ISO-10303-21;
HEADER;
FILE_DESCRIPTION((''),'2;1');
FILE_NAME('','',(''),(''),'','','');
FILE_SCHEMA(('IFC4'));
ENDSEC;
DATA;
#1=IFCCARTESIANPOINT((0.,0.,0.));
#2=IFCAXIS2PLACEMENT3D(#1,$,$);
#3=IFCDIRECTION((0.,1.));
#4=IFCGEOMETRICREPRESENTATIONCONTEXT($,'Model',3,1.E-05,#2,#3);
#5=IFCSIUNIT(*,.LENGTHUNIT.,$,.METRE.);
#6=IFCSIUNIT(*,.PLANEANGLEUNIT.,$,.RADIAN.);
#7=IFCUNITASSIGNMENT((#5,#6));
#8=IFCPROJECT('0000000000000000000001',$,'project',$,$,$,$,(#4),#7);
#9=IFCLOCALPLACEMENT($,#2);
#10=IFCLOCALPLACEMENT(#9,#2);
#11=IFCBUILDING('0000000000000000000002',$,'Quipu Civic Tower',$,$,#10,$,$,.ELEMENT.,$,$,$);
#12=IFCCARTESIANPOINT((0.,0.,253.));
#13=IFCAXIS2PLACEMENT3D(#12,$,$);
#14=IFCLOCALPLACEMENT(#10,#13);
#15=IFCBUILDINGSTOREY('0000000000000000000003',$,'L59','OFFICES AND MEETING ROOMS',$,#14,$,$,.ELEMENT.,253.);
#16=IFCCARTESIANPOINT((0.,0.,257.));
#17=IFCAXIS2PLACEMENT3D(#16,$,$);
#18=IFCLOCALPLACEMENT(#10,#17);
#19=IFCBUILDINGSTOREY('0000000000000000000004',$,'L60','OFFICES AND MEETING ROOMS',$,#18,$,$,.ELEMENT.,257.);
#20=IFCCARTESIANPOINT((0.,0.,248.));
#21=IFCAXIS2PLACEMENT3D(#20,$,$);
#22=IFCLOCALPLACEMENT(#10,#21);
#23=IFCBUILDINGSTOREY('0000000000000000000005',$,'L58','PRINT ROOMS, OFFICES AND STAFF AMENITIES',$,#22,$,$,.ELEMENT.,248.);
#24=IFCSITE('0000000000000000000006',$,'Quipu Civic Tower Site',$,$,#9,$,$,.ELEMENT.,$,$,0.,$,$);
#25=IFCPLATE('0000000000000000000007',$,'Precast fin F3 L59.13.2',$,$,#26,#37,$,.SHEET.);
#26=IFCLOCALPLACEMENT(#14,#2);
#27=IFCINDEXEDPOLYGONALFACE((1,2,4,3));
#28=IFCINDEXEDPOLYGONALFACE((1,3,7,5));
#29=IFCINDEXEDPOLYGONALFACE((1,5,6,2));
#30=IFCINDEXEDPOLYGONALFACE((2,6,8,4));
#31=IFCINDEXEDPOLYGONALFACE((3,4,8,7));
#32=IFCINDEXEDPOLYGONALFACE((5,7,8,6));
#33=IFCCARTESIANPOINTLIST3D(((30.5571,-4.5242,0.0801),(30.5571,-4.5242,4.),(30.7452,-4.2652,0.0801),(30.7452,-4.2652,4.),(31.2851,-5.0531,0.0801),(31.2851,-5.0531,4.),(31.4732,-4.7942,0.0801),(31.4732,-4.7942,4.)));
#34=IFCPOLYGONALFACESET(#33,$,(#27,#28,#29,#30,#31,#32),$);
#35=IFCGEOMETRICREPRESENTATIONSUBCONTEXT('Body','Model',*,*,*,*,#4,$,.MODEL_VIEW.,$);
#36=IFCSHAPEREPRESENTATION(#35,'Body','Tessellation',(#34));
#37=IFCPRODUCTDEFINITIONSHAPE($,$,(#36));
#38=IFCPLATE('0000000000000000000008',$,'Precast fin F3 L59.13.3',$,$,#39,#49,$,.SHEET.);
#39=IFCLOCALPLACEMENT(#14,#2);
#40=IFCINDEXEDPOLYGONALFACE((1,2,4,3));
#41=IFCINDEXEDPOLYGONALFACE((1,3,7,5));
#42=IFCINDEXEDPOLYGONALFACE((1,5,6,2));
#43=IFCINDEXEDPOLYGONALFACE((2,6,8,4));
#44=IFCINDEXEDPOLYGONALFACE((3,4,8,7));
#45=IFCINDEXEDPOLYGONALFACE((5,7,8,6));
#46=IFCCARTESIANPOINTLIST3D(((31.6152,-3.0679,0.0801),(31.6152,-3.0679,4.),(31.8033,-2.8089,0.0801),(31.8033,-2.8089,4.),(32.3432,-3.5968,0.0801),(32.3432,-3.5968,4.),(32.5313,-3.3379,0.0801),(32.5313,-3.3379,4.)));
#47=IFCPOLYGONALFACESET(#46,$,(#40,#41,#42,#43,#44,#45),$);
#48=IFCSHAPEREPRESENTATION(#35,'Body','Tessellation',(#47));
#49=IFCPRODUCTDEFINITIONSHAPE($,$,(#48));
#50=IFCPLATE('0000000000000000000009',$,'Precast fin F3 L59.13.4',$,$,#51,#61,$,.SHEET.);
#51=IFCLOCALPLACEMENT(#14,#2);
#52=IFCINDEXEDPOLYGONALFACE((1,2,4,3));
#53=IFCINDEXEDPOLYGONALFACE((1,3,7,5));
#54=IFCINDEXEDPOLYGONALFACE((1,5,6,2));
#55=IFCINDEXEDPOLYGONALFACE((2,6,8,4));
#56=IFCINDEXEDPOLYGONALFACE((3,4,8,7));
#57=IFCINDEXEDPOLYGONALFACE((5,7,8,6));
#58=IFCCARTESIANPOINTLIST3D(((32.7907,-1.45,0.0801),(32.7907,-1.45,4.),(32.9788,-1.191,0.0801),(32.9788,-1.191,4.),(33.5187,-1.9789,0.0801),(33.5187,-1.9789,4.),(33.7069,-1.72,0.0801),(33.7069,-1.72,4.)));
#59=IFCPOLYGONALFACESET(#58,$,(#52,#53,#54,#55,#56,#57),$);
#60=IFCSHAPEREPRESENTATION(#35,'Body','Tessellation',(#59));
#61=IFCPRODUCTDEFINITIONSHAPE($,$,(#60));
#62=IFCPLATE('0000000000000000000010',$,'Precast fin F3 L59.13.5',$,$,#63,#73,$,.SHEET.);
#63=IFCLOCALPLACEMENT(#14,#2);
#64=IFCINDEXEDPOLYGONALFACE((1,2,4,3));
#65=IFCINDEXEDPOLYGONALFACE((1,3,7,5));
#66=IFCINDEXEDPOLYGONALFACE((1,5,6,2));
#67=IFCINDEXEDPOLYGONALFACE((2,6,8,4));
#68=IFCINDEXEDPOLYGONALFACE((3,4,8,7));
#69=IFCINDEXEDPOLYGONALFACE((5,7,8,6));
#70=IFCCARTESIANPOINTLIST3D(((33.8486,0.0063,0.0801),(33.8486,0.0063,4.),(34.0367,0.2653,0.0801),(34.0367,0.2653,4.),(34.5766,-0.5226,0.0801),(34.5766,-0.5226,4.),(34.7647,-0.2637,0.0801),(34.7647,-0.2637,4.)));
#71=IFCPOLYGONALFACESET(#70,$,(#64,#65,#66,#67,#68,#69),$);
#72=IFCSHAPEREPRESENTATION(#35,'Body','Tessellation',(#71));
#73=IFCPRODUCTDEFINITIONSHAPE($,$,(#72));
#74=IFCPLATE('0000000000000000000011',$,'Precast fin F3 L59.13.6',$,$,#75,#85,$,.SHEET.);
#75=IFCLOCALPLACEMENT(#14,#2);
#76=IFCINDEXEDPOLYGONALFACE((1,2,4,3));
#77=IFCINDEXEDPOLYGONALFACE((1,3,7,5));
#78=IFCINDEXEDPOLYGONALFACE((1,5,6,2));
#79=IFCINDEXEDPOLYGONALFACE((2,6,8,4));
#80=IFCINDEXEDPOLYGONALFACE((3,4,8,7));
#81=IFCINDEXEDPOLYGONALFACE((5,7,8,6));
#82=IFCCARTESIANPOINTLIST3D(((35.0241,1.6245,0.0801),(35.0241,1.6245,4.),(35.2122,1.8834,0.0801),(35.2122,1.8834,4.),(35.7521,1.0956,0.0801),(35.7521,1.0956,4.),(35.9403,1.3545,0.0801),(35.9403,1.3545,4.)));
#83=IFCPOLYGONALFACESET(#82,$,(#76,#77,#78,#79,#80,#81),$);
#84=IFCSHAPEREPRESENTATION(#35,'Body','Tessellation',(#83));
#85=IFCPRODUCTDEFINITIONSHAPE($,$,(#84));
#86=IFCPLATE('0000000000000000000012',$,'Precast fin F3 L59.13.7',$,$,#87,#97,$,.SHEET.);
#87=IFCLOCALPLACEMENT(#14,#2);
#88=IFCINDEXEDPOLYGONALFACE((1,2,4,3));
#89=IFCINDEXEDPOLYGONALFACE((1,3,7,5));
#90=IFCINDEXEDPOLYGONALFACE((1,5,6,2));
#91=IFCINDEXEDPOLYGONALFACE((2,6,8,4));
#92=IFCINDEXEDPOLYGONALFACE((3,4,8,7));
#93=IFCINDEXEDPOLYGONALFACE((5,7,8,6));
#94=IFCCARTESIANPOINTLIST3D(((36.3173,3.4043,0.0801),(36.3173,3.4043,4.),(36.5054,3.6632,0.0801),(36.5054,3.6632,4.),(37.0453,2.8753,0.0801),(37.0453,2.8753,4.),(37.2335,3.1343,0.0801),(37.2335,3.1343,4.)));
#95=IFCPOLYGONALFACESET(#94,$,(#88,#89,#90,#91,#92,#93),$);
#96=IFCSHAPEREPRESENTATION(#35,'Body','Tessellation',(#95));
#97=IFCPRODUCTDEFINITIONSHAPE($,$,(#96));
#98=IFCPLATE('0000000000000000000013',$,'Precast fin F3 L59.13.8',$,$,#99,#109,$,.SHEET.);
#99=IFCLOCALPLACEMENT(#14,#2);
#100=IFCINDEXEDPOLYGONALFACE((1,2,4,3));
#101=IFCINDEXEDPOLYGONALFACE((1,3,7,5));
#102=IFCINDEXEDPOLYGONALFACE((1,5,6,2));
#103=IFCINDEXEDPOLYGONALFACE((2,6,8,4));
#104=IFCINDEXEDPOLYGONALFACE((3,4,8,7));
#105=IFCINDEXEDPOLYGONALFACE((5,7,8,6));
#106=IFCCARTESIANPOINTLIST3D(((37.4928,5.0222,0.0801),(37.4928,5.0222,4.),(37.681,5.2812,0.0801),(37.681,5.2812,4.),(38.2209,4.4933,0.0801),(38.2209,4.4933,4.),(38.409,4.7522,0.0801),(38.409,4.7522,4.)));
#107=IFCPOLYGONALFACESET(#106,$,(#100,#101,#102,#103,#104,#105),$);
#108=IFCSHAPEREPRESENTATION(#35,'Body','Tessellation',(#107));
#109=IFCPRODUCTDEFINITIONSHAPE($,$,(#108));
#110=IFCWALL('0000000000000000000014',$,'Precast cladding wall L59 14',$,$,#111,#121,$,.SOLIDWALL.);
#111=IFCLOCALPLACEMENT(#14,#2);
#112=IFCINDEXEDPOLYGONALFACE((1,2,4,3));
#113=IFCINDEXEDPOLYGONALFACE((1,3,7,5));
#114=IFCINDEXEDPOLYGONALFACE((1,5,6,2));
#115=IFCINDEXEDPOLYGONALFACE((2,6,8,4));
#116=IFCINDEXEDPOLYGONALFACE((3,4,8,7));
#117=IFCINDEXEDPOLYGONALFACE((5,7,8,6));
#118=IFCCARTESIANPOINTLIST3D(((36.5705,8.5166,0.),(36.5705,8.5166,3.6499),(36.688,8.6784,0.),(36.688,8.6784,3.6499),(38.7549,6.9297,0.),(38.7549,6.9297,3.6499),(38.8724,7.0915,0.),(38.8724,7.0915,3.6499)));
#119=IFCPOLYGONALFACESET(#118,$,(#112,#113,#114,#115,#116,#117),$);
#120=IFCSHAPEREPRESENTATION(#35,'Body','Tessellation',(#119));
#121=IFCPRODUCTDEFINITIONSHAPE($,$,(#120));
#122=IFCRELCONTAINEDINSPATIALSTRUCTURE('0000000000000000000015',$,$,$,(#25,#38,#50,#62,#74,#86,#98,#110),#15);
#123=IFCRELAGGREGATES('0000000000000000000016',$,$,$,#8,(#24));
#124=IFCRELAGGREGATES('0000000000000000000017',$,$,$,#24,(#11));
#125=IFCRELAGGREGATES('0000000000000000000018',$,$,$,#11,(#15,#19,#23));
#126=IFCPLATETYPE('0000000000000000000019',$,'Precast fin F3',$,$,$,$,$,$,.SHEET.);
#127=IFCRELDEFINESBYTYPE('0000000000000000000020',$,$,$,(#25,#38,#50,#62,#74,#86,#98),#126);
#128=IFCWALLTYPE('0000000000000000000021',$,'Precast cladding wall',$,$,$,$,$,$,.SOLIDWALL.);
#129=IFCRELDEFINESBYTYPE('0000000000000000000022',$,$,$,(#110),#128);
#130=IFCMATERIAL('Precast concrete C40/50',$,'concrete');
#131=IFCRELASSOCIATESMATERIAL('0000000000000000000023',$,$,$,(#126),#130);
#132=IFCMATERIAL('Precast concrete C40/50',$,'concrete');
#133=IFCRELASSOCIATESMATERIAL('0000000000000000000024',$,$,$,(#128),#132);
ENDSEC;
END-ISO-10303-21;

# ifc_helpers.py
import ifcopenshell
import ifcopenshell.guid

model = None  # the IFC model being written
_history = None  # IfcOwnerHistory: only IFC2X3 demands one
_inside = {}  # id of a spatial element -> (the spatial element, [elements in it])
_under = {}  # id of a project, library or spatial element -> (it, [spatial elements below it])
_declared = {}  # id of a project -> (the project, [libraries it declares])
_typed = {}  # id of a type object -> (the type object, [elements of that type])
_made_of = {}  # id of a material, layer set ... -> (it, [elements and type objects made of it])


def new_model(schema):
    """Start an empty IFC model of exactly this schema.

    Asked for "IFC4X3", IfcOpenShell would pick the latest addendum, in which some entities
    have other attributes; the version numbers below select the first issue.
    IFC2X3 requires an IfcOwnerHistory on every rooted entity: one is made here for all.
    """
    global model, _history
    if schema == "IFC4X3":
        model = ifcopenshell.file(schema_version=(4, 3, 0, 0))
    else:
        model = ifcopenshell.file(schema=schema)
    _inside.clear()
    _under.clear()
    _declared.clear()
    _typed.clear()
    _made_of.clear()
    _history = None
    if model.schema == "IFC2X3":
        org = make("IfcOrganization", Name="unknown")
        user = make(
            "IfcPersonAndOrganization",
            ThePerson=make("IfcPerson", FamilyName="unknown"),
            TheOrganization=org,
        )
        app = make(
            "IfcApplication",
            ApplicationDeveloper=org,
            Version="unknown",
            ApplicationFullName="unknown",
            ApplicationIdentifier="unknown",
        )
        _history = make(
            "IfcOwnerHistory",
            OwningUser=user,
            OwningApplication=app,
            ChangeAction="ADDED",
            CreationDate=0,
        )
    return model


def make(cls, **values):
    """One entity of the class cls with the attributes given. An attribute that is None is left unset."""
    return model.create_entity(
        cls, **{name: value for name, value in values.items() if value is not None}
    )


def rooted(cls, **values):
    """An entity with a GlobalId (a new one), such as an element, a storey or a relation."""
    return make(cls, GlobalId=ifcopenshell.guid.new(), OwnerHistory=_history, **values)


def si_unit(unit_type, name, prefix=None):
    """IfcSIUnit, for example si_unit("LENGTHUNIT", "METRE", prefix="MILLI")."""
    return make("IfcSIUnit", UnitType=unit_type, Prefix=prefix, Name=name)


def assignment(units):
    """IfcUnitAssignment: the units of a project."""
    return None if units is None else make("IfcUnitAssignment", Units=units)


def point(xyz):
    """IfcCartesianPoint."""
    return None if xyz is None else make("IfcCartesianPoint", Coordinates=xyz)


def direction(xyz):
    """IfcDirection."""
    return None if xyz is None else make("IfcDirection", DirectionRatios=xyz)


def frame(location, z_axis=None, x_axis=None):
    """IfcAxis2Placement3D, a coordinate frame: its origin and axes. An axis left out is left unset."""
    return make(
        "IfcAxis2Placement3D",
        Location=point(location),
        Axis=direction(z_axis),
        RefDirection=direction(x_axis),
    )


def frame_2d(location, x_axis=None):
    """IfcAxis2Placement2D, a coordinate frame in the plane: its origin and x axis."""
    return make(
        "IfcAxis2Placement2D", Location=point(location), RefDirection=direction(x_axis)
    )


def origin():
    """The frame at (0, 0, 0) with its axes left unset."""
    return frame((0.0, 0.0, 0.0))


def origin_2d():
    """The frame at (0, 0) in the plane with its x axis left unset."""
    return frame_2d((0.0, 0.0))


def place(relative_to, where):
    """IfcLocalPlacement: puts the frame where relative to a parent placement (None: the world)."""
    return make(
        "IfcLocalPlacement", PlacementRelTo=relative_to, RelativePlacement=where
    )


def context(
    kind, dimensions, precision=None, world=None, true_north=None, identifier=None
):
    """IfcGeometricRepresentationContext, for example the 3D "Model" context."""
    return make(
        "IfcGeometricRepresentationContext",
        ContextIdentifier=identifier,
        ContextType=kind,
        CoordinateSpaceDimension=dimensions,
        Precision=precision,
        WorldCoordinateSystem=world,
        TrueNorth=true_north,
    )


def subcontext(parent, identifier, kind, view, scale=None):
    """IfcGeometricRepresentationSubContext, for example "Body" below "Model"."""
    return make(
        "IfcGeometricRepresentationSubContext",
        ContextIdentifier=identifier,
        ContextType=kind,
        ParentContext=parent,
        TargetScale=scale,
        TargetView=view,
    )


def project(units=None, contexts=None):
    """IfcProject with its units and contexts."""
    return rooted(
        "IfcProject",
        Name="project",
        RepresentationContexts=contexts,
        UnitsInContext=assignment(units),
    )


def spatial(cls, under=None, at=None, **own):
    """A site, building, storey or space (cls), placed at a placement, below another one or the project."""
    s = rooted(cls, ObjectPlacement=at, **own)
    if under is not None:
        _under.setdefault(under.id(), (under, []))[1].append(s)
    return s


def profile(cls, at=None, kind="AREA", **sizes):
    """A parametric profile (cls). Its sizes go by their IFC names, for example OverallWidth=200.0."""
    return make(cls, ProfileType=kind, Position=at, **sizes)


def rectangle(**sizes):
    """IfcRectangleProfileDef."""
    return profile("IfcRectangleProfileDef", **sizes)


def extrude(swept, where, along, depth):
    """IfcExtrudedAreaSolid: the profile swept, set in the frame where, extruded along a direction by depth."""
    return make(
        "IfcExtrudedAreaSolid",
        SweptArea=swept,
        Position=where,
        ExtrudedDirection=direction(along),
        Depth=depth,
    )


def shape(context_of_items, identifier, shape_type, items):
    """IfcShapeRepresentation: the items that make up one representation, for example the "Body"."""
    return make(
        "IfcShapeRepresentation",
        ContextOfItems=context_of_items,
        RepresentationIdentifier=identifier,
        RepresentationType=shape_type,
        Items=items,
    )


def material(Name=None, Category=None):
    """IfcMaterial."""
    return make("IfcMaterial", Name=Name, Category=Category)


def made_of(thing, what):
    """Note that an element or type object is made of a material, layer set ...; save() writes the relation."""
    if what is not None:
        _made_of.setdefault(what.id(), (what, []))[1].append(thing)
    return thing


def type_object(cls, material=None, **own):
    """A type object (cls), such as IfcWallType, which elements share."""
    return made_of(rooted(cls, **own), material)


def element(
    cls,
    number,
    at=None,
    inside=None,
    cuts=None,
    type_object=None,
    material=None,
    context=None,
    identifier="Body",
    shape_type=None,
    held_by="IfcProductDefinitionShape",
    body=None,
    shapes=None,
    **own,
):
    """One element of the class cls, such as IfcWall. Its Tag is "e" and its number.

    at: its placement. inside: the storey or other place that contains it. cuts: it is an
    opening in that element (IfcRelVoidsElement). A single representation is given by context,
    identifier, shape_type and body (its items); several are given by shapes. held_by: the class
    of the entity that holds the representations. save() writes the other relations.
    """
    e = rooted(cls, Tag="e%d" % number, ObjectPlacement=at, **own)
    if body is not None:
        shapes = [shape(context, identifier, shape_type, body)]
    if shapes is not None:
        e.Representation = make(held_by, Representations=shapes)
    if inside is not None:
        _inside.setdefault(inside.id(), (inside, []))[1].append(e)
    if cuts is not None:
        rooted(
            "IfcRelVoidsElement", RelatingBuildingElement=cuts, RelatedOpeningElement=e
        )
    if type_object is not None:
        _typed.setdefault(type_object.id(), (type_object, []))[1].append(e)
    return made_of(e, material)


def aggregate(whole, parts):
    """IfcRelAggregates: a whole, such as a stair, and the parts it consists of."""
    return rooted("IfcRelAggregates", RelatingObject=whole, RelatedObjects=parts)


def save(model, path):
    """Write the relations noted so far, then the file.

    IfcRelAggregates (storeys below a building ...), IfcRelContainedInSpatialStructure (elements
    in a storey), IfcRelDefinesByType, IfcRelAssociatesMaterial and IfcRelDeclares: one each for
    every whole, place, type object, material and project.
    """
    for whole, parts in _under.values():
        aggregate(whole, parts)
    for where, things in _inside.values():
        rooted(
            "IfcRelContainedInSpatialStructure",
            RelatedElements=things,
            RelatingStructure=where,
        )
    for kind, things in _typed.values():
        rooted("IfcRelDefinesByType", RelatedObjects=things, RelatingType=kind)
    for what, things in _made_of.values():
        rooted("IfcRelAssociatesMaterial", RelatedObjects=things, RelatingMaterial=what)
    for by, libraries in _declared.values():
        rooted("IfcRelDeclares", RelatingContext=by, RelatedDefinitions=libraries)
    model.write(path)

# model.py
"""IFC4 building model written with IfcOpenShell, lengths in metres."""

from ifc_helpers import new_model, si_unit, direction, frame, frame_2d, origin, origin_2d, place, context, subcontext, project, spatial, rectangle, extrude, material, type_object, element, save


model = new_model("IFC4")

# Units and contexts
model_context = context("Model", 3, precision=1e-05, world=origin(), true_north=direction((0.0, 1.0)))
body_context = subcontext(model_context, "Body", "Model", "MODEL_VIEW")
ifc_project = project(units=[si_unit("LENGTHUNIT", "METRE"), si_unit("PLANEANGLEUNIT", "RADIAN")], contexts=[model_context])

# Site, building, storey
site_placement = place(None, origin())
site = spatial("IfcSite", under=ifc_project, at=site_placement, Name="Quipu Civic Tower Site", CompositionType="ELEMENT", RefElevation=0.0)
building_placement = place(site_placement, origin())
building = spatial("IfcBuilding", under=site, at=building_placement, Name="Quipu Civic Tower", CompositionType="ELEMENT")
storey_1_placement = place(building_placement, frame((0.0, 0.0, 253.0)))
storey_1 = spatial("IfcBuildingStorey", under=building, at=storey_1_placement, Name="L59", Description="OFFICES AND MEETING ROOMS", CompositionType="ELEMENT", Elevation=253.0)

# Shared definitions
storey_2_placement = place(building_placement, frame((0.0, 0.0, 257.0)))
storey_2 = spatial("IfcBuildingStorey", under=building, at=storey_2_placement, Name="L60", Description="OFFICES AND MEETING ROOMS", CompositionType="ELEMENT", Elevation=257.0)

# Shared definitions
storey_3_placement = place(building_placement, frame((0.0, 0.0, 248.0)))
storey_3 = spatial("IfcBuildingStorey", under=building, at=storey_3_placement, Name="L58", Description="PRINT ROOMS, OFFICES AND STAFF AMENITIES", CompositionType="ELEMENT", Elevation=248.0)

# Plates
ifc_material_1 = material(Name="Precast concrete C40/50", Category="concrete")
plate_type_1 = type_object("IfcPlateType", Name="Precast fin F3", PredefinedType="SHEET", material=ifc_material_1)
for number, where, z_axis, x_axis, name in (
    (1, (31.0151, -4.6592, 0.0801), (0.0, 0.0, 1.0), (0.587787, 0.809016, 0.0), "Precast fin F3 L59.13.2"),
    (2, (32.0732, -3.2029, 0.0801), (0.0, 0.0, 1.0), (0.587787, 0.809016, 0.0), "Precast fin F3 L59.13.3"),
    (3, (33.2488, -1.585, 0.0801), (0.0, 0.0, 1.0), (0.587787, 0.809016, 0.0), "Precast fin F3 L59.13.4"),
    (4, (34.3066, -0.1287, 0.0801), (0.0, 0.0, 1.0), (0.587787, 0.809016, 0.0), "Precast fin F3 L59.13.5"),
    (5, (35.4822, 1.4895, 0.0801), (0.0, 0.0, 1.0), (0.587787, 0.809016, 0.0), "Precast fin F3 L59.13.6"),
    (6, (36.7754, 3.2693, 0.0801), (0.0, 0.0, 1.0), (0.587787, 0.809016, 0.0), "Precast fin F3 L59.13.7"),
    (7, (37.9509, 4.8872, 0.0801), (0.0, 0.0, 1.0), (0.587787, 0.809016, 0.0), "Precast fin F3 L59.13.8"),
):
    element("IfcPlate", number, at=place(storey_1_placement, frame(where, z_axis=z_axis, x_axis=x_axis)), inside=storey_1, type_object=plate_type_1, Name=name, PredefinedType="SHEET", context=body_context, shape_type="SweptSolid", body=[
        extrude(rectangle(XDim=0.3201, YDim=0.8999, at=origin_2d()), origin(), (0.0, 0.0, 1.0), 3.9199),
    ])

# Wall
ifc_material_2 = material(Name="Precast concrete C40/50", Category="concrete")
wall_type = type_object("IfcWallType", Name="Precast cladding wall", PredefinedType="SOLIDWALL", material=ifc_material_2)
wall_placement = place(storey_1_placement, frame((38.8137, 7.0105, 0.0), z_axis=(0.0, 0.0, 1.0), x_axis=(-0.809033, 0.587763, 0.0)))
element("IfcWall", 8, at=wall_placement, inside=storey_1, type_object=wall_type, Name="Precast cladding wall L59 14", PredefinedType="SOLIDWALL", context=body_context, shape_type="SweptSolid", body=[
    extrude(rectangle(XDim=2.7, YDim=0.2, at=frame_2d((1.3501, 0.0))), origin(), (0.0, 0.0, 1.0), 3.6499),
])

save(model, "model.ifc")
